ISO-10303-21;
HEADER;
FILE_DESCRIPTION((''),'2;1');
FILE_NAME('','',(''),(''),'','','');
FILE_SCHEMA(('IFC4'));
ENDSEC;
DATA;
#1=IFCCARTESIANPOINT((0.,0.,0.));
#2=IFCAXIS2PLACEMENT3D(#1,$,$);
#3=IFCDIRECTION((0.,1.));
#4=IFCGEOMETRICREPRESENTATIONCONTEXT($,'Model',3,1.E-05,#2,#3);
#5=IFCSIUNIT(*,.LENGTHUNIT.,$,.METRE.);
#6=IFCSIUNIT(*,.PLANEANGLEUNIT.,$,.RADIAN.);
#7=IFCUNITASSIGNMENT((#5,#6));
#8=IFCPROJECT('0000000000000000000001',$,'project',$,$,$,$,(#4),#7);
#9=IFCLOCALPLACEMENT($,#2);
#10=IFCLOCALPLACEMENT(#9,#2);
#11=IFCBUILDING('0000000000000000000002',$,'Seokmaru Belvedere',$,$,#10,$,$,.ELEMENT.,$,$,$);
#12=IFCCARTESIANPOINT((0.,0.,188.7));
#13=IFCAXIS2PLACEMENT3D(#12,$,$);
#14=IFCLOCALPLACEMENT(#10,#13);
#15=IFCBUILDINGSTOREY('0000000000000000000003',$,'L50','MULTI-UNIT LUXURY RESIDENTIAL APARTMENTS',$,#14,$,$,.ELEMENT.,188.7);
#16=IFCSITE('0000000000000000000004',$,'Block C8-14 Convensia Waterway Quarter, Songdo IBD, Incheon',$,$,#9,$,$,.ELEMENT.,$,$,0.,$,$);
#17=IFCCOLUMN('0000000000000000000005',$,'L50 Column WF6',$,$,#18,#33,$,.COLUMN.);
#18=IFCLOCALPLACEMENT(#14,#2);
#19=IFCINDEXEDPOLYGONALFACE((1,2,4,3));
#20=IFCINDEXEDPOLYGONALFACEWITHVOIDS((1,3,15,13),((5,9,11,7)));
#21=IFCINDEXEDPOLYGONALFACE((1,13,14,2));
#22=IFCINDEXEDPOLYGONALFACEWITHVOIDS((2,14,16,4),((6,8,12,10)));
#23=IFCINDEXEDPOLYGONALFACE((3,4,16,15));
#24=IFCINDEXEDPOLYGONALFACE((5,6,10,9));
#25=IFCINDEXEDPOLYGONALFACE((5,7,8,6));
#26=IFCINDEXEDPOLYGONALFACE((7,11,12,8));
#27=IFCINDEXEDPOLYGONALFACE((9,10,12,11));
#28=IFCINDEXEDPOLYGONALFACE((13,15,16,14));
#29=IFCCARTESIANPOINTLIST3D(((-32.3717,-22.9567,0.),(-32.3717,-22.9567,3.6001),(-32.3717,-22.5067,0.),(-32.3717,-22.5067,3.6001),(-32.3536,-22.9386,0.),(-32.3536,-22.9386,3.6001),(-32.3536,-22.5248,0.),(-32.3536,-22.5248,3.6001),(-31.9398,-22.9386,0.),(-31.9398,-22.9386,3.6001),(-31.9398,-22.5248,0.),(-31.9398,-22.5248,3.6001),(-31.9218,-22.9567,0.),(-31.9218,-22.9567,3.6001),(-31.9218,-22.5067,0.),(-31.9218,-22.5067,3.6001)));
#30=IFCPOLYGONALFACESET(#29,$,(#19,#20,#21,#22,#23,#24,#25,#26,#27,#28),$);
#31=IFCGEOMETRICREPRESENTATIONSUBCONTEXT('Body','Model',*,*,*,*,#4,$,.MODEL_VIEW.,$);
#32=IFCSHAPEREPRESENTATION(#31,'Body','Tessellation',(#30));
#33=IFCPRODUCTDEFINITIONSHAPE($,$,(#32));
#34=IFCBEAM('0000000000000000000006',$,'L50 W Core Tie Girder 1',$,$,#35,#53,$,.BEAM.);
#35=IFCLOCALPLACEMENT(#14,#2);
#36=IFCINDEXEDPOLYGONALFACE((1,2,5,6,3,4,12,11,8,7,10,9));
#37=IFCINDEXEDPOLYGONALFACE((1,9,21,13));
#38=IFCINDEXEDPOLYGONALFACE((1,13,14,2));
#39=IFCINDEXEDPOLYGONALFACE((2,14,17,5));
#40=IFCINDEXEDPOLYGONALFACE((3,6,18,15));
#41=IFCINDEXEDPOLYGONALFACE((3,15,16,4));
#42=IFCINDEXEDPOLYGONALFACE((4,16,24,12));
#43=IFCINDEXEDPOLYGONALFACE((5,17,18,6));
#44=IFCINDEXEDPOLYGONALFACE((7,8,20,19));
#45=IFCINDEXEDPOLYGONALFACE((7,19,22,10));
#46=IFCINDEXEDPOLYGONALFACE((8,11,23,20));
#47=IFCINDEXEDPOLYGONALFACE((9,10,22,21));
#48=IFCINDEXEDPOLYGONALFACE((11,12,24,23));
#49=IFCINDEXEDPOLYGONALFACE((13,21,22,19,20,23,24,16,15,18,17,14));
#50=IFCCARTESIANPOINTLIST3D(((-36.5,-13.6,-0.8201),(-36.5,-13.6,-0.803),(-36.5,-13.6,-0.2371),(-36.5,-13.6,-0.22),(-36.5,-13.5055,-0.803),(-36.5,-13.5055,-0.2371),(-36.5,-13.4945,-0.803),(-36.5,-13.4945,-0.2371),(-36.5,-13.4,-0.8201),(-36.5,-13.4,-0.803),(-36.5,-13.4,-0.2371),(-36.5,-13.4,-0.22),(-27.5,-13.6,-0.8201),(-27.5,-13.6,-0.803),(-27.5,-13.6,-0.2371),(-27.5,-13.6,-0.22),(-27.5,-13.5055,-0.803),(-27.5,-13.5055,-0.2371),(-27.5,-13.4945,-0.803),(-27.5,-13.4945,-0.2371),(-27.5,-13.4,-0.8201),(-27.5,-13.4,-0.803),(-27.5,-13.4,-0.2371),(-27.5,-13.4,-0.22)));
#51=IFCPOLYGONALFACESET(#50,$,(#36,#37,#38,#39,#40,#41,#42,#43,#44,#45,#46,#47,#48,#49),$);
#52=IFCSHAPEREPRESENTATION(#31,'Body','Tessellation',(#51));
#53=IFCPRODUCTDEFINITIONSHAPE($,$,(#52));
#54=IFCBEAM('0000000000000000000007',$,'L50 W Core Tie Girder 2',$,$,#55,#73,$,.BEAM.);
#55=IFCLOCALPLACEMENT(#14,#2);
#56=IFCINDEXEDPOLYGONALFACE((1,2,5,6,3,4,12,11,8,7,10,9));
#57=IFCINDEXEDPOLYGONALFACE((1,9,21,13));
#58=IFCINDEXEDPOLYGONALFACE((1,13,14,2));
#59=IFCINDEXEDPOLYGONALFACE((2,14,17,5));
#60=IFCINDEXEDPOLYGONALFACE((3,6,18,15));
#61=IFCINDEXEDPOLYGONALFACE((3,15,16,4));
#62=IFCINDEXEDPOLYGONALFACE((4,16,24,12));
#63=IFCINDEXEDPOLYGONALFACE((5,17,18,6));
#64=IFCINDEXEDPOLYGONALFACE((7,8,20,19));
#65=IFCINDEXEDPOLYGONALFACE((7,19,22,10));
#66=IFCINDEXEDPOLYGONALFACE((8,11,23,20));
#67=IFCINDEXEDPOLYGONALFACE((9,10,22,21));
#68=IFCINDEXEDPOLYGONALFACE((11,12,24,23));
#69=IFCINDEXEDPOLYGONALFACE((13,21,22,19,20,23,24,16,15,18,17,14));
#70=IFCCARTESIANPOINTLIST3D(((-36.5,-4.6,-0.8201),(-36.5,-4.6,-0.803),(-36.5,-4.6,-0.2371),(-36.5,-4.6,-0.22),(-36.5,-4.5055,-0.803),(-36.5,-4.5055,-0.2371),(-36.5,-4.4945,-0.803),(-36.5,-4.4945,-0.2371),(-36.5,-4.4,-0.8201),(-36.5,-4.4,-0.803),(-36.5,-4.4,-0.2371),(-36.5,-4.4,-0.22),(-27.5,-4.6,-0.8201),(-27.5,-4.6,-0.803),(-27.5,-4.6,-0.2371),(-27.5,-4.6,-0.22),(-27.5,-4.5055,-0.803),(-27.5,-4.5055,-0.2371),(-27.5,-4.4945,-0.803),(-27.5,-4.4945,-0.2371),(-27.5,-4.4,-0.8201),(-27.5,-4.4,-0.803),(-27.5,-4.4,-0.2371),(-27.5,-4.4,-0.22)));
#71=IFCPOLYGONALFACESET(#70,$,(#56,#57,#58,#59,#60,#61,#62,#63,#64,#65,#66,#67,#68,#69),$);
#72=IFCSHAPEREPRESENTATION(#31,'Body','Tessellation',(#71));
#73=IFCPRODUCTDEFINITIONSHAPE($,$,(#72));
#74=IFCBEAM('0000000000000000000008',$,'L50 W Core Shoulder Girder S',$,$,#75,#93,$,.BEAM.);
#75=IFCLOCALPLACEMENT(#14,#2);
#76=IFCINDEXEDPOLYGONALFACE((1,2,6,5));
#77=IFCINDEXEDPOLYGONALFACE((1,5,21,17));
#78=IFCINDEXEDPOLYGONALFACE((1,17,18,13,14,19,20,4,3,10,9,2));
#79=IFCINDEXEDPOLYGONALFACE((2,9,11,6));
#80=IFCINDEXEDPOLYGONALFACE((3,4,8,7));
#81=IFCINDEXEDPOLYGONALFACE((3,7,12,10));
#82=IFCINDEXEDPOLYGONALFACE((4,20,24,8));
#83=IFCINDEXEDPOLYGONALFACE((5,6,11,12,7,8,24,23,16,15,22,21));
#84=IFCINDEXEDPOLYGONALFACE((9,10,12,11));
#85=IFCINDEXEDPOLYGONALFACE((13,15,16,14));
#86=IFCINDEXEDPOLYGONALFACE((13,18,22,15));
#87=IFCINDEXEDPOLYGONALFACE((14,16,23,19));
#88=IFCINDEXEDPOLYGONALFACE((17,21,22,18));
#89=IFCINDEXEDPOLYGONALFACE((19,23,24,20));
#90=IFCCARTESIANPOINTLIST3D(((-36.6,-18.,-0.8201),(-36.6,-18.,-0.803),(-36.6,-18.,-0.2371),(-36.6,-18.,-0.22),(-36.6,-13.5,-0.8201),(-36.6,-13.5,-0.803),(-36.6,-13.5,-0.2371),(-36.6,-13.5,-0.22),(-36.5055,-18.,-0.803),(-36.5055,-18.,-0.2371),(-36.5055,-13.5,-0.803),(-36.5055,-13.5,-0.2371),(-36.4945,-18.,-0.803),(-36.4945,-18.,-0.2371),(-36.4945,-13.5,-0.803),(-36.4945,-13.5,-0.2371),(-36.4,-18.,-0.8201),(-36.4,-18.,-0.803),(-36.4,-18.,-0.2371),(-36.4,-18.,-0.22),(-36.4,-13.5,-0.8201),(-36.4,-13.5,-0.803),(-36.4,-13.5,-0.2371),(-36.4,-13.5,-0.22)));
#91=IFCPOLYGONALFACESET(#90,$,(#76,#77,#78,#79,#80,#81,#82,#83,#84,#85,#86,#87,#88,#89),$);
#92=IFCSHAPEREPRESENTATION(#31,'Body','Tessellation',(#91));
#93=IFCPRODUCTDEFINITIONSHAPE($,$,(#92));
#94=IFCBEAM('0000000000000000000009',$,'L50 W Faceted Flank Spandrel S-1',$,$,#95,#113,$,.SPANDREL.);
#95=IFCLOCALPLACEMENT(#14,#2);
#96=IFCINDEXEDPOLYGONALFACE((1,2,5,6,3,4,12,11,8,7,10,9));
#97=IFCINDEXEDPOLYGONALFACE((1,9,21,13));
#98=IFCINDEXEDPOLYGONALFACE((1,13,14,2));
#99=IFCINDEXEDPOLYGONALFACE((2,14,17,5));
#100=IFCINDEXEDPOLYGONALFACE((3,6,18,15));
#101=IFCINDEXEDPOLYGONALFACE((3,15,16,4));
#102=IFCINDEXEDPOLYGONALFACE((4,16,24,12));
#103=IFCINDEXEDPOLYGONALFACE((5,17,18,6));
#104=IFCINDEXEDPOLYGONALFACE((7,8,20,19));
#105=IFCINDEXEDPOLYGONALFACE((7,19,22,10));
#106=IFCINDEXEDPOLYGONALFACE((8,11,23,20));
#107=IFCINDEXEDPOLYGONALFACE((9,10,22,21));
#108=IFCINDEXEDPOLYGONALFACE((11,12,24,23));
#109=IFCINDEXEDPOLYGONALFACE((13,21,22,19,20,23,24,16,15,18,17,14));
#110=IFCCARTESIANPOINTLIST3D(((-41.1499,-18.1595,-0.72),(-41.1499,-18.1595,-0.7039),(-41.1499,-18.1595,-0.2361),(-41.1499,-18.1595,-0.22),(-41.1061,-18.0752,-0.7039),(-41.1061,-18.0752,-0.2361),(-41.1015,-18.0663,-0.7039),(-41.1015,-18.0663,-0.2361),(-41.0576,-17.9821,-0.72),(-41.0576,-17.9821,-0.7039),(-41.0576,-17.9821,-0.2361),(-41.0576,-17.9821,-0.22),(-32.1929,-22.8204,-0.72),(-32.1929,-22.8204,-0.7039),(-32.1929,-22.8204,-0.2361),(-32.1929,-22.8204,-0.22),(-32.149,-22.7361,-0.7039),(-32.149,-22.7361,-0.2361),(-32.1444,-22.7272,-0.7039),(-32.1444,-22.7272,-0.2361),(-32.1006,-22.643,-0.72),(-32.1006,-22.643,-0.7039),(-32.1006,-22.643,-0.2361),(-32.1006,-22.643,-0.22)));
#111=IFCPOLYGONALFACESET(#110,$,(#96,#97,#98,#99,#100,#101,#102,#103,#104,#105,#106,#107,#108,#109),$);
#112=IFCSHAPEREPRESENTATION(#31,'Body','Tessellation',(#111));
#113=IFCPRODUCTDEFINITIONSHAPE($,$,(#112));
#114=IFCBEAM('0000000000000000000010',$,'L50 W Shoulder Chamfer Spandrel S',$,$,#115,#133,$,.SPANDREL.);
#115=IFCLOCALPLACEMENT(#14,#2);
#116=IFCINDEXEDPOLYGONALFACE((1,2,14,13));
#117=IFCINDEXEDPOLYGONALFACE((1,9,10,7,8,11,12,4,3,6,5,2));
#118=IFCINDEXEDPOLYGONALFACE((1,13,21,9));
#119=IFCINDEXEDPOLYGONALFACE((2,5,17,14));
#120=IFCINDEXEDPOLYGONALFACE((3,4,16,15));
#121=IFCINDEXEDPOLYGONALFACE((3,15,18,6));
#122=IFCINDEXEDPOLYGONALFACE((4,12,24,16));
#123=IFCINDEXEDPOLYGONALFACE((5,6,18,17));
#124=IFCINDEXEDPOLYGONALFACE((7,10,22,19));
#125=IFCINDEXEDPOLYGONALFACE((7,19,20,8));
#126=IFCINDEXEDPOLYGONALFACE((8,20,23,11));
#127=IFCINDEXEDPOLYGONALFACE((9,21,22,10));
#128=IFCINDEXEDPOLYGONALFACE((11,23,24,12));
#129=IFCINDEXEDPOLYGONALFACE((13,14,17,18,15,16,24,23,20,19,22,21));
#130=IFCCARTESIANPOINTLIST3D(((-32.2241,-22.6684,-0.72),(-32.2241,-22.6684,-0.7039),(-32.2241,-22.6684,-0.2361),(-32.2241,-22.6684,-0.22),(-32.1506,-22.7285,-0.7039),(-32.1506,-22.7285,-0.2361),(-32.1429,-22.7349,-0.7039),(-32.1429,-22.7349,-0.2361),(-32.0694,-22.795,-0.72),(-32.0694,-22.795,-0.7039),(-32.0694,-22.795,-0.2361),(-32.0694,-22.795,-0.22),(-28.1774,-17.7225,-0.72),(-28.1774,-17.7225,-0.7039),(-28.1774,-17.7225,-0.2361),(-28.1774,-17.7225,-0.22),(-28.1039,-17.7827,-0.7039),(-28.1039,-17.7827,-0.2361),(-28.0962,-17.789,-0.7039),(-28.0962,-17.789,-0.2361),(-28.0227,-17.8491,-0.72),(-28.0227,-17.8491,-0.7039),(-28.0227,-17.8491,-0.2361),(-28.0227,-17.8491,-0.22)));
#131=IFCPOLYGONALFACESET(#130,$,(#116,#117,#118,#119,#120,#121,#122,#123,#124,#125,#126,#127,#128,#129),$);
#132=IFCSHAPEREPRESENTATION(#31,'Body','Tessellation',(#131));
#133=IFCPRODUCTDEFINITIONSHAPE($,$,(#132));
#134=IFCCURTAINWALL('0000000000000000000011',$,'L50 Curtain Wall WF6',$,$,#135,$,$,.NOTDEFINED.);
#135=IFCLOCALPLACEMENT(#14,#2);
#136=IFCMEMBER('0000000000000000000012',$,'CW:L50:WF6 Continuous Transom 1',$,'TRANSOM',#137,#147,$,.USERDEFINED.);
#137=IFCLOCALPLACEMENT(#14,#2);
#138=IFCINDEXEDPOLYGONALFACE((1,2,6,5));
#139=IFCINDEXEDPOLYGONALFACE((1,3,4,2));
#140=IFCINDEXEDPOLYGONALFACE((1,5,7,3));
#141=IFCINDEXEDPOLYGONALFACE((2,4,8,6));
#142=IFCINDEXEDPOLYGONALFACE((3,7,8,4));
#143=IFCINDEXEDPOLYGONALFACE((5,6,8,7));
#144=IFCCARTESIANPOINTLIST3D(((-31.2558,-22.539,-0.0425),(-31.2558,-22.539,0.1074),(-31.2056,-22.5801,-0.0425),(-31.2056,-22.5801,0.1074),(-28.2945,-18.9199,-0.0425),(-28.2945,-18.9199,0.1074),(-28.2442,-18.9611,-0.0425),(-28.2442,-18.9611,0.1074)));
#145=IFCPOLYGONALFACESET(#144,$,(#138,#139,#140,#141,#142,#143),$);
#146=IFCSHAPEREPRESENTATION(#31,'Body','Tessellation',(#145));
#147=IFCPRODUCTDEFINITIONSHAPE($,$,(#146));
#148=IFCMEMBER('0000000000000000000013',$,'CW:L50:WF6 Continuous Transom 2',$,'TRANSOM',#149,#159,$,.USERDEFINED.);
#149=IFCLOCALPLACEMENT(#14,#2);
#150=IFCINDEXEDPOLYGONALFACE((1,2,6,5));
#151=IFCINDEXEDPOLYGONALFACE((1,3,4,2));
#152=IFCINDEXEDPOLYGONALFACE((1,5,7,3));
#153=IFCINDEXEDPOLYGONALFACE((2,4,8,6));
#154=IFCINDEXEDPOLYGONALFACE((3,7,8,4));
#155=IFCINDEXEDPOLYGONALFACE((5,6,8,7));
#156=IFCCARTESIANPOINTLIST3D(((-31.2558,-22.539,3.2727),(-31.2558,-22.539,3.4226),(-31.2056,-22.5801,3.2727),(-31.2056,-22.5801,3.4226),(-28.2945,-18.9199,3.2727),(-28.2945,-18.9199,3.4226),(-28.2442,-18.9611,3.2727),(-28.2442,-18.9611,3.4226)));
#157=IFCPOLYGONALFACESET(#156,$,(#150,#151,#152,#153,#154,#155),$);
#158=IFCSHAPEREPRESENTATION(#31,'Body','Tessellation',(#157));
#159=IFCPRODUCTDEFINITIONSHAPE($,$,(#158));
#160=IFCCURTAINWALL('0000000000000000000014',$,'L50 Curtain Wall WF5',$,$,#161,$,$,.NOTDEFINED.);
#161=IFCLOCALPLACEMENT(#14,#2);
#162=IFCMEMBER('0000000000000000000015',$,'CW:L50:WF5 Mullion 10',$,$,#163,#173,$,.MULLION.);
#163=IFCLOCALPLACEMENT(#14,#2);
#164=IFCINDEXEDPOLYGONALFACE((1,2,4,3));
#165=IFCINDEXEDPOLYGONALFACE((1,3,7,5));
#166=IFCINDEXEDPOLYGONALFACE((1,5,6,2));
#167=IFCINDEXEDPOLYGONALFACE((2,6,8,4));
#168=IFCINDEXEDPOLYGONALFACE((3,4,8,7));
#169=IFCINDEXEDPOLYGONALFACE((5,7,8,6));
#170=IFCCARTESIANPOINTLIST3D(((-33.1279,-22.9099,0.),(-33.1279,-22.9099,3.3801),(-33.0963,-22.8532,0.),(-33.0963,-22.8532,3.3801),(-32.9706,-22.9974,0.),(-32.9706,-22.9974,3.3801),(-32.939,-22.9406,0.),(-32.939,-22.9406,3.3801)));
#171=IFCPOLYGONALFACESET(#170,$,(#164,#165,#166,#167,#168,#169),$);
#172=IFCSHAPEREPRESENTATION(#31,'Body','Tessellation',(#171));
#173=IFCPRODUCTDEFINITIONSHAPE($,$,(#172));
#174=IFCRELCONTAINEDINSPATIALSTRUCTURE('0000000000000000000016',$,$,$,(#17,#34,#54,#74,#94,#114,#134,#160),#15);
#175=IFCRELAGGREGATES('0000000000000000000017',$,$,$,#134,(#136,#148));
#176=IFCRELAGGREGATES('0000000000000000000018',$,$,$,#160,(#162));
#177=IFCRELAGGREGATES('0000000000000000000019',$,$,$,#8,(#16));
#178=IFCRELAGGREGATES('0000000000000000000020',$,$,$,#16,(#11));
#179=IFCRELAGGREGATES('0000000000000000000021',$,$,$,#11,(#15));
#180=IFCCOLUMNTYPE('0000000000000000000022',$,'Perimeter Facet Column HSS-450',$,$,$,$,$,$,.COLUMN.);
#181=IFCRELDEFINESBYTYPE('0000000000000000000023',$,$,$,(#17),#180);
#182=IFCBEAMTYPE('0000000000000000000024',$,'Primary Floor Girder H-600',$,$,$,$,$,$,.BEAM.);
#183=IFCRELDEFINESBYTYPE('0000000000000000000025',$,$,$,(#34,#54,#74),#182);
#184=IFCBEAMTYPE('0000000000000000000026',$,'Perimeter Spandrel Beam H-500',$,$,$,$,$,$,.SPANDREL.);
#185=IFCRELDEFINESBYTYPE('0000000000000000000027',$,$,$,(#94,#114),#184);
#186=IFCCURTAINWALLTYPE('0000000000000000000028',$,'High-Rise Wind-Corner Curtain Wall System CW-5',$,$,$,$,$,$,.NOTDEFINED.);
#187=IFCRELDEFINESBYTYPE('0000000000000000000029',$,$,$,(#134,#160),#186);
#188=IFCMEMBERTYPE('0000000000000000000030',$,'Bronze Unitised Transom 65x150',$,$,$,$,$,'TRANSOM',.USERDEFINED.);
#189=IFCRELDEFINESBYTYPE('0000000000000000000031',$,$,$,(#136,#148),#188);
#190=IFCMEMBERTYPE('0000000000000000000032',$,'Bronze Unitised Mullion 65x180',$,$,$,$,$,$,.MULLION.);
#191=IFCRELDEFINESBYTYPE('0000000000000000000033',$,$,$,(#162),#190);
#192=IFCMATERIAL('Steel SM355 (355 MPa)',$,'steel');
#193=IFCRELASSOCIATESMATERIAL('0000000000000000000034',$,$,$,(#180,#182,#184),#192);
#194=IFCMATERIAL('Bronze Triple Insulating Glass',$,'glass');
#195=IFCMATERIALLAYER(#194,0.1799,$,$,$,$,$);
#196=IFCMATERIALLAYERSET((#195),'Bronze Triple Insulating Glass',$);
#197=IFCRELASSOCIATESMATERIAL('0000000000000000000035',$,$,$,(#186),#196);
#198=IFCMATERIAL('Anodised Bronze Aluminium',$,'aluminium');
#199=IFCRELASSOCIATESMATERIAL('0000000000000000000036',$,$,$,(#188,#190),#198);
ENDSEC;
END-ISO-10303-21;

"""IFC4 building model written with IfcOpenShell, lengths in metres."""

from ifc_helpers import new_model, si_unit, direction, frame, origin, origin_2d, place, context, subcontext, project, spatial, rectangle, hollow_rectangle, i_section, extrude, source, transform, mapped, material, layer, layer_set, material_profile, profile_set, type_object, type_shapes, element, aggregate, save


model = new_model("IFC4")

# Units and contexts
model_context = context("Model", 3, precision=1e-05, world=origin(), true_north=direction((0.0, 1.0)))
body_context = subcontext(model_context, "Body", "Model", "MODEL_VIEW")
ifc_project = project(units=[si_unit("LENGTHUNIT", "METRE"), si_unit("PLANEANGLEUNIT", "RADIAN")], contexts=[model_context])

# Site, building, storey
site_placement = place(None, origin())
site = spatial("IfcSite", under=ifc_project, at=site_placement, Name="Block C8-14 Convensia Waterway Quarter, Songdo IBD, Incheon", CompositionType="ELEMENT", RefElevation=0.0)
building_placement = place(site_placement, origin())
building = spatial("IfcBuilding", under=site, at=building_placement, Name="Seokmaru Belvedere", CompositionType="ELEMENT")
storey_placement = place(building_placement, frame((0.0, 0.0, 188.7)))
storey = spatial("IfcBuildingStorey", under=building, at=storey_placement, Name="L50", Description="MULTI-UNIT LUXURY RESIDENTIAL APARTMENTS", CompositionType="ELEMENT", Elevation=188.7)

# Column
ifc_material_1 = material(Name="Steel SM355 (355 MPa)", Category="steel")
ifc_material_profile_1 = material_profile(ifc_material_1, hollow_rectangle(XDim=0.45, YDim=0.45, WallThickness=0.0181, at=origin_2d()), Name="HSS-450x450x18")
ifc_profile_set_1 = profile_set([ifc_material_profile_1], Name="Steel SM355 (355 MPa)")
column_type = type_object("IfcColumnType", Name="Perimeter Facet Column HSS-450", PredefinedType="COLUMN", material=ifc_profile_set_1)
shared_shape_1 = source(origin(), body_context, "Body", "SweptSolid", [
    extrude(hollow_rectangle(XDim=0.45, YDim=0.45, WallThickness=0.0181, at=origin_2d()), origin(), (0.0, 0.0, 1.0), 3.6001),
])
type_shapes(column_type, [shared_shape_1])
column_placement = place(storey_placement, frame((-32.1467, -22.7317, 0.0), z_axis=(0.0, 0.0, 1.0), x_axis=(1.0, 0.0, 0.0)))
element("IfcColumn", 1, at=column_placement, inside=storey, type_object=column_type, Name="L50 Column WF6", PredefinedType="COLUMN", context=body_context, shape_type="MappedRepresentation", body=[
    mapped(shared_shape_1, transform((0.0, 0.0, 0.0), scale=1.0)),
])

# Beams
ifc_material_profile_2 = material_profile(ifc_material_1, i_section(OverallWidth=0.2, OverallDepth=0.6001, WebThickness=0.011, FlangeThickness=0.0171, at=origin_2d()), Name="H-600x200x11x17")
ifc_profile_set_2 = profile_set([ifc_material_profile_2], Name="Steel SM355 (355 MPa)")
beam_type_1 = type_object("IfcBeamType", Name="Primary Floor Girder H-600", PredefinedType="BEAM", material=ifc_profile_set_2)
shared_shape_2 = source(origin(), body_context, "Body", "SweptSolid", [
    extrude(i_section(OverallWidth=0.2, OverallDepth=0.6001, WebThickness=0.011, FlangeThickness=0.0171, at=origin_2d()), origin(), (0.0, 0.0, 1.0), 9.0),
])
for number, where, z_axis, x_axis, name in (
    (2, (-36.5, -13.5, -0.52), (1.0, 0.0, 0.0), (0.0, 1.0, 0.0), "L50 W Core Tie Girder 1"),
    (3, (-36.5, -4.5, -0.52), (1.0, 0.0, 0.0), (0.0, 1.0, 0.0), "L50 W Core Tie Girder 2"),
):
    element("IfcBeam", number, at=place(storey_placement, frame(where, z_axis=z_axis, x_axis=x_axis)), inside=storey, type_object=beam_type_1, Name=name, PredefinedType="BEAM", context=body_context, shape_type="MappedRepresentation", body=[
        mapped(shared_shape_2, transform((0.0, 0.0, 0.0), scale=1.0)),
    ])
shared_shape_3 = source(origin(), body_context, "Body", "SweptSolid", [
    extrude(i_section(OverallWidth=0.2, OverallDepth=0.6001, WebThickness=0.011, FlangeThickness=0.0171, at=origin_2d()), origin(), (0.0, 0.0, 1.0), 4.5),
])
type_shapes(beam_type_1, [shared_shape_2, shared_shape_3])
beam_1_placement = place(storey_placement, frame((-36.5, -18.0, -0.52), z_axis=(0.0, 1.0, 0.0), x_axis=(-1.0, 0.0, 0.0)))
element("IfcBeam", 4, at=beam_1_placement, inside=storey, type_object=beam_type_1, Name="L50 W Core Shoulder Girder S", PredefinedType="BEAM", context=body_context, shape_type="MappedRepresentation", body=[
    mapped(shared_shape_3, transform((0.0, 0.0, 0.0), scale=1.0)),
])
ifc_material_profile_3 = material_profile(ifc_material_1, i_section(OverallWidth=0.2, OverallDepth=0.5, WebThickness=0.01, FlangeThickness=0.0161, at=origin_2d()), Name="H-500x200x10x16")
ifc_profile_set_3 = profile_set([ifc_material_profile_3], Name="Steel SM355 (355 MPa)")
beam_type_2 = type_object("IfcBeamType", Name="Perimeter Spandrel Beam H-500", PredefinedType="SPANDREL", material=ifc_profile_set_3)
shared_shape_4 = source(origin(), body_context, "Body", "SweptSolid", [
    extrude(i_section(OverallWidth=0.2, OverallDepth=0.5, WebThickness=0.01, FlangeThickness=0.0161, at=origin_2d()), origin(), (0.0, 0.0, 1.0), 10.0972),
])
beam_2_placement = place(storey_placement, frame((-32.1467, -22.7317, -0.47), z_axis=(-0.887086, 0.461605, 0.0), x_axis=(-0.461605, -0.887086, 0.0)))
element("IfcBeam", 5, at=beam_2_placement, inside=storey, type_object=beam_type_2, Name="L50 W Faceted Flank Spandrel S-1", PredefinedType="SPANDREL", context=body_context, shape_type="MappedRepresentation", body=[
    mapped(shared_shape_4, transform((0.0, 0.0, 0.0), scale=1.0)),
])
shared_shape_5 = source(origin(), body_context, "Body", "SweptSolid", [
    extrude(i_section(OverallWidth=0.2, OverallDepth=0.5, WebThickness=0.01, FlangeThickness=0.0161, at=origin_2d()), origin(), (0.0, 0.0, 1.0), 6.3904),
])
type_shapes(beam_type_2, [shared_shape_4, shared_shape_5])
beam_3_placement = place(storey_placement, frame((-32.1467, -22.7317, -0.47), z_axis=(0.633244, 0.773952, 0.0), x_axis=(-0.773952, 0.633244, 0.0)))
element("IfcBeam", 6, at=beam_3_placement, inside=storey, type_object=beam_type_2, Name="L50 W Shoulder Chamfer Spandrel S", PredefinedType="SPANDREL", context=body_context, shape_type="MappedRepresentation", body=[
    mapped(shared_shape_5, transform((0.0, 0.0, 0.0), scale=1.0)),
])

# Curtain wall, members
ifc_material_2 = material(Name="Bronze Triple Insulating Glass", Category="glass")
ifc_layer_1 = layer(ifc_material_2, 0.1799)
ifc_layer_set_1 = layer_set([ifc_layer_1], Name="Bronze Triple Insulating Glass")
curtain_wall_type = type_object("IfcCurtainWallType", Name="High-Rise Wind-Corner Curtain Wall System CW-5", PredefinedType="NOTDEFINED", material=ifc_layer_set_1)
curtain_wall_1_placement = place(storey_placement, origin())
curtain_wall_1 = element("IfcCurtainWall", 7, at=curtain_wall_1_placement, inside=storey, type_object=curtain_wall_type, Name="L50 Curtain Wall WF6", PredefinedType="NOTDEFINED")
ifc_material_3 = material(Name="Anodised Bronze Aluminium", Category="aluminium")
ifc_material_profile_4 = material_profile(ifc_material_3, rectangle(XDim=0.0649, YDim=0.1499, at=origin_2d()), Name="CW-T-65x150")
ifc_profile_set_4 = profile_set([ifc_material_profile_4], Name="Anodised Bronze Aluminium")
member_type_1 = type_object("IfcMemberType", Name="Bronze Unitised Transom 65x150", ElementType="TRANSOM", PredefinedType="USERDEFINED", material=ifc_profile_set_4)
shared_shape_6 = source(origin(), body_context, "Body", "SweptSolid", [
    extrude(rectangle(XDim=0.0649, YDim=0.1499, at=origin_2d()), origin(), (0.0, 0.0, 1.0), 4.6763),
])
type_shapes(member_type_1, [shared_shape_6])
member_1_placement = place(storey_placement, frame((-31.2307, -22.5596, 0.0325), z_axis=(0.633278, 0.773925, 0.0), x_axis=(-0.773925, 0.633278, 0.0)))
member_1 = element("IfcMember", 8, at=member_1_placement, type_object=member_type_1, Name="CW:L50:WF6 Continuous Transom 1", ObjectType="TRANSOM", PredefinedType="USERDEFINED", context=body_context, shape_type="MappedRepresentation", body=[
    mapped(shared_shape_6, transform((0.0, 0.0, 0.0), scale=1.0)),
])
member_2_placement = place(storey_placement, frame((-31.2307, -22.5596, 3.3477), z_axis=(0.633278, 0.773925, 0.0), x_axis=(-0.773925, 0.633278, 0.0)))
member_2 = element("IfcMember", 9, at=member_2_placement, type_object=member_type_1, Name="CW:L50:WF6 Continuous Transom 2", ObjectType="TRANSOM", PredefinedType="USERDEFINED", context=body_context, shape_type="MappedRepresentation", body=[
    mapped(shared_shape_6, transform((0.0, 0.0, 0.0), scale=1.0)),
])

# Curtain wall, member
curtain_wall_2_placement = place(storey_placement, origin())
curtain_wall_2 = element("IfcCurtainWall", 10, at=curtain_wall_2_placement, inside=storey, type_object=curtain_wall_type, Name="L50 Curtain Wall WF5", PredefinedType="NOTDEFINED")
ifc_material_profile_5 = material_profile(ifc_material_3, rectangle(XDim=0.0649, YDim=0.1799, at=origin_2d()), Name="CW-M-65x180")
ifc_profile_set_5 = profile_set([ifc_material_profile_5], Name="Anodised Bronze Aluminium")
member_type_2 = type_object("IfcMemberType", Name="Bronze Unitised Mullion 65x180", PredefinedType="MULLION", material=ifc_profile_set_5)
shared_shape_7 = source(origin(), body_context, "Body", "SweptSolid", [
    extrude(rectangle(XDim=0.0649, YDim=0.1799, at=origin_2d()), origin(), (0.0, 0.0, 1.0), 3.3801),
])
type_shapes(member_type_2, [shared_shape_7])
member_3_placement = place(storey_placement, frame((-33.0334, -22.9253, 0.0), z_axis=(0.0, 0.0, 1.0), x_axis=(0.486047, 0.873933, 0.0)))
member_3 = element("IfcMember", 11, at=member_3_placement, type_object=member_type_2, Name="CW:L50:WF5 Mullion 10", PredefinedType="MULLION", context=body_context, shape_type="MappedRepresentation", body=[
    mapped(shared_shape_7, transform((0.0, 0.0, 0.0), scale=1.0)),
])

aggregate(curtain_wall_1, [member_1, member_2])

aggregate(curtain_wall_2, [member_3])

save(model, "model.ifc")
